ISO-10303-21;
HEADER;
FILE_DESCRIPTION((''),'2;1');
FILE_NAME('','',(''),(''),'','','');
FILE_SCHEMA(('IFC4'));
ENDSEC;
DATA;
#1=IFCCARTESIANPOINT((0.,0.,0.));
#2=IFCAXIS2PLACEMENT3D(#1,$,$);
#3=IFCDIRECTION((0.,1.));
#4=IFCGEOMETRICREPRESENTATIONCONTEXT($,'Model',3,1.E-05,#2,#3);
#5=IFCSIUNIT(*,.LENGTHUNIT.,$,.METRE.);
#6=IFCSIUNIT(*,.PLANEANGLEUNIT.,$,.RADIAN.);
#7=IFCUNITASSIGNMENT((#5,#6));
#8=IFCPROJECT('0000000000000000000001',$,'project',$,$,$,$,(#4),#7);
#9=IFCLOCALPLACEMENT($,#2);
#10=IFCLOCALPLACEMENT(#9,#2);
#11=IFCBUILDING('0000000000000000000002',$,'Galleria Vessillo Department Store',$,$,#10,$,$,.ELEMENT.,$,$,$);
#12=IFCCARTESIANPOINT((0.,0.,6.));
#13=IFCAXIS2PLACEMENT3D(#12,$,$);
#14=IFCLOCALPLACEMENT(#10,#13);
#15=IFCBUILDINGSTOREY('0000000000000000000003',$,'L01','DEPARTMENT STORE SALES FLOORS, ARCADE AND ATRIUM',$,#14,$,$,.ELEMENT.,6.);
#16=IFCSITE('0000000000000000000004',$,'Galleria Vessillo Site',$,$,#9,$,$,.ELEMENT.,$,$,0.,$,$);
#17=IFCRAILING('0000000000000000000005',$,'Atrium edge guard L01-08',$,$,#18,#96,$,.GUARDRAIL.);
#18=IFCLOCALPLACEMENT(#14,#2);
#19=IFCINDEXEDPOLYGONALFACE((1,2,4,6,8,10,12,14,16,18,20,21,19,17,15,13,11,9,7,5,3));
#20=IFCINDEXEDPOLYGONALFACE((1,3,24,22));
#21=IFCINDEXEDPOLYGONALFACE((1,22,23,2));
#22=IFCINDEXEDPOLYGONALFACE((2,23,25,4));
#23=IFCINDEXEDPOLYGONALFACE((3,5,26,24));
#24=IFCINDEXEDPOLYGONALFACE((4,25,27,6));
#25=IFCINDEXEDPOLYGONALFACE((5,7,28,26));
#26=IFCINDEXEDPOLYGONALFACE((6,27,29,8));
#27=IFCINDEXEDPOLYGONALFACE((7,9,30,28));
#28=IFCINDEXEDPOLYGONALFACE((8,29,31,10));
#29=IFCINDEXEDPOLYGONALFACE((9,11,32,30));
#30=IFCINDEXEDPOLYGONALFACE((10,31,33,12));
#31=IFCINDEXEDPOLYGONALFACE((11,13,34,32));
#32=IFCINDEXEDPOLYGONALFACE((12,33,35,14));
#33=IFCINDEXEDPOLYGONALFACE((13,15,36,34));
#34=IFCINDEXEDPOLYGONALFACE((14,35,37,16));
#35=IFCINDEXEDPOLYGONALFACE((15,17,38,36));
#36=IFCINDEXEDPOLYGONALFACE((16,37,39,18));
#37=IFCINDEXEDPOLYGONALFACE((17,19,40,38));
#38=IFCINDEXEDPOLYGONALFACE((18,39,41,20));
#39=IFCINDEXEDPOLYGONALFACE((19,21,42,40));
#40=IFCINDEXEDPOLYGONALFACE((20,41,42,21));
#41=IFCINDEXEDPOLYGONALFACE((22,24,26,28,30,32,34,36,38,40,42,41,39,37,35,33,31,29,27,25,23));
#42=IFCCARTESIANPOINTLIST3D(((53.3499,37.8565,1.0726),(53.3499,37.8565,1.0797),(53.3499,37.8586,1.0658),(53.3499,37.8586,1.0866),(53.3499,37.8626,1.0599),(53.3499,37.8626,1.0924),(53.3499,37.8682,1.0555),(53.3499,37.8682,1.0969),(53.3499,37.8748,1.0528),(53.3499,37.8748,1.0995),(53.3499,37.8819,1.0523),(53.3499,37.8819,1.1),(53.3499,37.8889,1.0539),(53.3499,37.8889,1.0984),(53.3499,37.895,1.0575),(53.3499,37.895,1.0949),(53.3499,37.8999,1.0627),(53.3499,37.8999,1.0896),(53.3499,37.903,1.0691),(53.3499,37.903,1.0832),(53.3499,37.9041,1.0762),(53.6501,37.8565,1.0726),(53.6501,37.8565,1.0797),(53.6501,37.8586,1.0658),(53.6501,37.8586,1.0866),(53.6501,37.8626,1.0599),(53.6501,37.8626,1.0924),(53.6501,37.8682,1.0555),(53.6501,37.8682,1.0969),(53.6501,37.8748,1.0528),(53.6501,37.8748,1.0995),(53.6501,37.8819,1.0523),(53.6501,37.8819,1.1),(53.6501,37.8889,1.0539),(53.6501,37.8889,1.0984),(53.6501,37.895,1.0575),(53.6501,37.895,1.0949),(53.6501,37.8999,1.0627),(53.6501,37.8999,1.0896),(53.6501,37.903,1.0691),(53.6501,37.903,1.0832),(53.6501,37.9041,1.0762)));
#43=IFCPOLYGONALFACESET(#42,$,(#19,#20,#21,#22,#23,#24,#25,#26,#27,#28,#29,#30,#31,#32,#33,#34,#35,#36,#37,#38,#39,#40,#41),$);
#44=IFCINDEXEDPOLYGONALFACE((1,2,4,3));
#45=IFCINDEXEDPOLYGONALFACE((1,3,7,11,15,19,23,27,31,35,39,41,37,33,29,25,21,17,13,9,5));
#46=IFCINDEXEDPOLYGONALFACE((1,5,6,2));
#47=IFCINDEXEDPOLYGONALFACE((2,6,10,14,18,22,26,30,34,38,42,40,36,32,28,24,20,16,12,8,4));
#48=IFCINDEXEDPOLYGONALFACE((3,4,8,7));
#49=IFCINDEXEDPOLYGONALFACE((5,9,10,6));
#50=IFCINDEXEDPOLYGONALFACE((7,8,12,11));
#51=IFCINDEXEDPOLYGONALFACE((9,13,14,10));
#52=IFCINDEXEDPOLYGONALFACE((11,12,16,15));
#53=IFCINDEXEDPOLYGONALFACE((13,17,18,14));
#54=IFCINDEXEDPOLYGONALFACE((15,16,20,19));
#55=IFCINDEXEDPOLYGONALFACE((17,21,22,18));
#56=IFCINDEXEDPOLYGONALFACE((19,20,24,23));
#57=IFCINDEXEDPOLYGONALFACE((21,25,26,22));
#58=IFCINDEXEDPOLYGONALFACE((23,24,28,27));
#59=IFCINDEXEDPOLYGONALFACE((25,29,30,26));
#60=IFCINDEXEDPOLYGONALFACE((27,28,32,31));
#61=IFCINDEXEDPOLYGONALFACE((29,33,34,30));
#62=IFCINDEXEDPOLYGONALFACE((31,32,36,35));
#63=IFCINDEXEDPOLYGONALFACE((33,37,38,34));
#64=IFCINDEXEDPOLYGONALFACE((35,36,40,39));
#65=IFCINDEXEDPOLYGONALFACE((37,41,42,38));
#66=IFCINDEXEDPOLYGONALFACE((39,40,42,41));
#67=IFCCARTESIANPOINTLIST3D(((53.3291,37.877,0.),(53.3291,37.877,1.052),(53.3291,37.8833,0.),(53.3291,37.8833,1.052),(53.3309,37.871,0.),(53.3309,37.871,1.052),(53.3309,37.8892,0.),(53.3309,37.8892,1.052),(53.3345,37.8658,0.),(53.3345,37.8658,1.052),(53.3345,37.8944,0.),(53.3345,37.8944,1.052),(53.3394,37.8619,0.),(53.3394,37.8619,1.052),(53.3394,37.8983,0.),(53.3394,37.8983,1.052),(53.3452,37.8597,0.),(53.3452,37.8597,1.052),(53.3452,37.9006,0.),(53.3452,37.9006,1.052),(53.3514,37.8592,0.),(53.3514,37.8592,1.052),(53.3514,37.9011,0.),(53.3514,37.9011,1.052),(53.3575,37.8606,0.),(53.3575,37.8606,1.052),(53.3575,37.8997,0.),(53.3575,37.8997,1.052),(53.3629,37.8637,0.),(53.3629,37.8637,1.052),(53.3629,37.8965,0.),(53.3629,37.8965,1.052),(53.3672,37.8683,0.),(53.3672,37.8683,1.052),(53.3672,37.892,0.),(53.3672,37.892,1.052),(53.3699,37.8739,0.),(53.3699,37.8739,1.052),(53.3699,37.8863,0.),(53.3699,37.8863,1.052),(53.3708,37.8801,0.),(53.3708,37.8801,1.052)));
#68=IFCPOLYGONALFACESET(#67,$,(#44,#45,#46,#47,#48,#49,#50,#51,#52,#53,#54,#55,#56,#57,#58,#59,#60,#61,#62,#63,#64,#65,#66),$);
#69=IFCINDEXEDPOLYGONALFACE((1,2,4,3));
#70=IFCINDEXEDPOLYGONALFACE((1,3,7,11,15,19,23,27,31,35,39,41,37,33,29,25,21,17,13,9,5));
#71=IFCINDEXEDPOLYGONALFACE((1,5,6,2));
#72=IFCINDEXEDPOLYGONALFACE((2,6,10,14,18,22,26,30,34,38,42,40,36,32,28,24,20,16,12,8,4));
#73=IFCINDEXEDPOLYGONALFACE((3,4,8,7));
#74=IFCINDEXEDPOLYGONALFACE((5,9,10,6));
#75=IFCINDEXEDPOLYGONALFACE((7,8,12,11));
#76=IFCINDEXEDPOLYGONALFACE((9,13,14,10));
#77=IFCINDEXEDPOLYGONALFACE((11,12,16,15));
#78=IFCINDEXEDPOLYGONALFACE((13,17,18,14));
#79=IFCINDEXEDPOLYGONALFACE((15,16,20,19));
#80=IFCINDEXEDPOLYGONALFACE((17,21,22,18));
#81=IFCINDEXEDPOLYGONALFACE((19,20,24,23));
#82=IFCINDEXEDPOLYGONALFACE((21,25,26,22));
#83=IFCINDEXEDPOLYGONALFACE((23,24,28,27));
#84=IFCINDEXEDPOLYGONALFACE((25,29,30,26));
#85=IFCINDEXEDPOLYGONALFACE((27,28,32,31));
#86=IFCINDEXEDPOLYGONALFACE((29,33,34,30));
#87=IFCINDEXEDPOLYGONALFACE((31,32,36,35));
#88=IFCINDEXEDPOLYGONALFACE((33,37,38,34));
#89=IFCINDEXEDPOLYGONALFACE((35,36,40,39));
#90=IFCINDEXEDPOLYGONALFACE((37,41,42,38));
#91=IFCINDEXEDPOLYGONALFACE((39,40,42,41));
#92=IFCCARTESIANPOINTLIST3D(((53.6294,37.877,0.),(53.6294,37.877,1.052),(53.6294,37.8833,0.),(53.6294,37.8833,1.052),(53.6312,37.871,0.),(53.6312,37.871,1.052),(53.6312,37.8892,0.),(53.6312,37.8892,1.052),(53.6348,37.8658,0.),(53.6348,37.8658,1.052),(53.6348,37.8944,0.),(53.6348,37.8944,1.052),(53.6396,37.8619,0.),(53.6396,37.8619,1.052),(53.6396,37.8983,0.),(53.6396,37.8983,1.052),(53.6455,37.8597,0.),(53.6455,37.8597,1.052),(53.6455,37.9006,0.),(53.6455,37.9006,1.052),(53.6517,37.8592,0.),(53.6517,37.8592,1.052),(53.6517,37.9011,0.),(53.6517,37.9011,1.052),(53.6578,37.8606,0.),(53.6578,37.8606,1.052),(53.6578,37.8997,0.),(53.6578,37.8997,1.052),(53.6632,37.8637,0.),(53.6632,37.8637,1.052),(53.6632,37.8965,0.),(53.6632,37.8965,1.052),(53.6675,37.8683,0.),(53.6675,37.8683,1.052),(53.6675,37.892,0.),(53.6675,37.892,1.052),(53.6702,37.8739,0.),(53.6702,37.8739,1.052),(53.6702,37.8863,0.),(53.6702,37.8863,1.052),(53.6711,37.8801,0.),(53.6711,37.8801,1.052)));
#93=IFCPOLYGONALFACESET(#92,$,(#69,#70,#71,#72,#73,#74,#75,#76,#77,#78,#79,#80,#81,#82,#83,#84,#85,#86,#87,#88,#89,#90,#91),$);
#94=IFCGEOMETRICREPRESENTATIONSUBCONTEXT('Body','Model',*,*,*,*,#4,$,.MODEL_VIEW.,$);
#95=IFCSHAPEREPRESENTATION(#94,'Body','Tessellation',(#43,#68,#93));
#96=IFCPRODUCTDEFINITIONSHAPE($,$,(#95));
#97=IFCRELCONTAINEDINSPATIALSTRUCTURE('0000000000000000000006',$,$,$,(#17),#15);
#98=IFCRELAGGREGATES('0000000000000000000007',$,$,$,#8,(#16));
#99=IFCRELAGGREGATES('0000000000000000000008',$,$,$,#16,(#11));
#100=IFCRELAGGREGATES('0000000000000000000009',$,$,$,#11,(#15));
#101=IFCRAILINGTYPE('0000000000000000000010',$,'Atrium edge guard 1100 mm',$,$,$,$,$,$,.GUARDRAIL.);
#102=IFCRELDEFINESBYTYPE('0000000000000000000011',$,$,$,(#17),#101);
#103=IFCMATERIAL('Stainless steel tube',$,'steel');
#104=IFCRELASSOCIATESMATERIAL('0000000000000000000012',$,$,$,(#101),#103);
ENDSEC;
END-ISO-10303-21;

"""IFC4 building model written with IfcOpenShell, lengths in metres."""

from ifc_helpers import new_model, si_unit, direction, frame, origin, origin_2d, place, context, subcontext, project, spatial, circle, extrude, material, type_object, element, save


model = new_model("IFC4")

# Units and contexts
model_context = context("Model", 3, precision=1e-05, world=origin(), true_north=direction((0.0, 1.0)))
body_context = subcontext(model_context, "Body", "Model", "MODEL_VIEW")
ifc_project = project(units=[si_unit("LENGTHUNIT", "METRE"), si_unit("PLANEANGLEUNIT", "RADIAN")], contexts=[model_context])

# Site, building, storey
site_placement = place(None, origin())
site = spatial("IfcSite", under=ifc_project, at=site_placement, Name="Galleria Vessillo Site", CompositionType="ELEMENT", RefElevation=0.0)
building_placement = place(site_placement, origin())
building = spatial("IfcBuilding", under=site, at=building_placement, Name="Galleria Vessillo Department Store", CompositionType="ELEMENT")
storey_placement = place(building_placement, frame((0.0, 0.0, 6.0)))
storey = spatial("IfcBuildingStorey", under=building, at=storey_placement, Name="L01", Description="DEPARTMENT STORE SALES FLOORS, ARCADE AND ATRIUM", CompositionType="ELEMENT", Elevation=6.0)

# Railing
ifc_material_1 = material(Name="Stainless steel tube", Category="steel")
railing_type_1 = type_object("IfcRailingType", Name="Atrium edge guard 1100 mm", PredefinedType="GUARDRAIL", material=ifc_material_1)
railing_1_placement = place(storey_placement, frame((53.3499, 37.8801, 0.0)))
element("IfcRailing", 1, at=railing_1_placement, inside=storey, type_object=railing_type_1, Name="Atrium edge guard L01-08", PredefinedType="GUARDRAIL", context=body_context, shape_type="SweptSolid", body=[
    extrude(circle(Radius=0.0239, at=origin_2d()), frame((0.0, 0.0, 1.0762), z_axis=(1.0, 0.0, 0.0), x_axis=(0.0, 1.0, 0.0)), (0.0, 0.0, 1.0), 0.3003),
    extrude(circle(Radius=0.021, at=origin_2d()), origin(), (0.0, 0.0, 1.0), 1.052),
    extrude(circle(Radius=0.021, at=origin_2d()), frame((0.3003, 0.0, 0.0)), (0.0, 0.0, 1.0), 1.052),
])

save(model, "model.ifc")
